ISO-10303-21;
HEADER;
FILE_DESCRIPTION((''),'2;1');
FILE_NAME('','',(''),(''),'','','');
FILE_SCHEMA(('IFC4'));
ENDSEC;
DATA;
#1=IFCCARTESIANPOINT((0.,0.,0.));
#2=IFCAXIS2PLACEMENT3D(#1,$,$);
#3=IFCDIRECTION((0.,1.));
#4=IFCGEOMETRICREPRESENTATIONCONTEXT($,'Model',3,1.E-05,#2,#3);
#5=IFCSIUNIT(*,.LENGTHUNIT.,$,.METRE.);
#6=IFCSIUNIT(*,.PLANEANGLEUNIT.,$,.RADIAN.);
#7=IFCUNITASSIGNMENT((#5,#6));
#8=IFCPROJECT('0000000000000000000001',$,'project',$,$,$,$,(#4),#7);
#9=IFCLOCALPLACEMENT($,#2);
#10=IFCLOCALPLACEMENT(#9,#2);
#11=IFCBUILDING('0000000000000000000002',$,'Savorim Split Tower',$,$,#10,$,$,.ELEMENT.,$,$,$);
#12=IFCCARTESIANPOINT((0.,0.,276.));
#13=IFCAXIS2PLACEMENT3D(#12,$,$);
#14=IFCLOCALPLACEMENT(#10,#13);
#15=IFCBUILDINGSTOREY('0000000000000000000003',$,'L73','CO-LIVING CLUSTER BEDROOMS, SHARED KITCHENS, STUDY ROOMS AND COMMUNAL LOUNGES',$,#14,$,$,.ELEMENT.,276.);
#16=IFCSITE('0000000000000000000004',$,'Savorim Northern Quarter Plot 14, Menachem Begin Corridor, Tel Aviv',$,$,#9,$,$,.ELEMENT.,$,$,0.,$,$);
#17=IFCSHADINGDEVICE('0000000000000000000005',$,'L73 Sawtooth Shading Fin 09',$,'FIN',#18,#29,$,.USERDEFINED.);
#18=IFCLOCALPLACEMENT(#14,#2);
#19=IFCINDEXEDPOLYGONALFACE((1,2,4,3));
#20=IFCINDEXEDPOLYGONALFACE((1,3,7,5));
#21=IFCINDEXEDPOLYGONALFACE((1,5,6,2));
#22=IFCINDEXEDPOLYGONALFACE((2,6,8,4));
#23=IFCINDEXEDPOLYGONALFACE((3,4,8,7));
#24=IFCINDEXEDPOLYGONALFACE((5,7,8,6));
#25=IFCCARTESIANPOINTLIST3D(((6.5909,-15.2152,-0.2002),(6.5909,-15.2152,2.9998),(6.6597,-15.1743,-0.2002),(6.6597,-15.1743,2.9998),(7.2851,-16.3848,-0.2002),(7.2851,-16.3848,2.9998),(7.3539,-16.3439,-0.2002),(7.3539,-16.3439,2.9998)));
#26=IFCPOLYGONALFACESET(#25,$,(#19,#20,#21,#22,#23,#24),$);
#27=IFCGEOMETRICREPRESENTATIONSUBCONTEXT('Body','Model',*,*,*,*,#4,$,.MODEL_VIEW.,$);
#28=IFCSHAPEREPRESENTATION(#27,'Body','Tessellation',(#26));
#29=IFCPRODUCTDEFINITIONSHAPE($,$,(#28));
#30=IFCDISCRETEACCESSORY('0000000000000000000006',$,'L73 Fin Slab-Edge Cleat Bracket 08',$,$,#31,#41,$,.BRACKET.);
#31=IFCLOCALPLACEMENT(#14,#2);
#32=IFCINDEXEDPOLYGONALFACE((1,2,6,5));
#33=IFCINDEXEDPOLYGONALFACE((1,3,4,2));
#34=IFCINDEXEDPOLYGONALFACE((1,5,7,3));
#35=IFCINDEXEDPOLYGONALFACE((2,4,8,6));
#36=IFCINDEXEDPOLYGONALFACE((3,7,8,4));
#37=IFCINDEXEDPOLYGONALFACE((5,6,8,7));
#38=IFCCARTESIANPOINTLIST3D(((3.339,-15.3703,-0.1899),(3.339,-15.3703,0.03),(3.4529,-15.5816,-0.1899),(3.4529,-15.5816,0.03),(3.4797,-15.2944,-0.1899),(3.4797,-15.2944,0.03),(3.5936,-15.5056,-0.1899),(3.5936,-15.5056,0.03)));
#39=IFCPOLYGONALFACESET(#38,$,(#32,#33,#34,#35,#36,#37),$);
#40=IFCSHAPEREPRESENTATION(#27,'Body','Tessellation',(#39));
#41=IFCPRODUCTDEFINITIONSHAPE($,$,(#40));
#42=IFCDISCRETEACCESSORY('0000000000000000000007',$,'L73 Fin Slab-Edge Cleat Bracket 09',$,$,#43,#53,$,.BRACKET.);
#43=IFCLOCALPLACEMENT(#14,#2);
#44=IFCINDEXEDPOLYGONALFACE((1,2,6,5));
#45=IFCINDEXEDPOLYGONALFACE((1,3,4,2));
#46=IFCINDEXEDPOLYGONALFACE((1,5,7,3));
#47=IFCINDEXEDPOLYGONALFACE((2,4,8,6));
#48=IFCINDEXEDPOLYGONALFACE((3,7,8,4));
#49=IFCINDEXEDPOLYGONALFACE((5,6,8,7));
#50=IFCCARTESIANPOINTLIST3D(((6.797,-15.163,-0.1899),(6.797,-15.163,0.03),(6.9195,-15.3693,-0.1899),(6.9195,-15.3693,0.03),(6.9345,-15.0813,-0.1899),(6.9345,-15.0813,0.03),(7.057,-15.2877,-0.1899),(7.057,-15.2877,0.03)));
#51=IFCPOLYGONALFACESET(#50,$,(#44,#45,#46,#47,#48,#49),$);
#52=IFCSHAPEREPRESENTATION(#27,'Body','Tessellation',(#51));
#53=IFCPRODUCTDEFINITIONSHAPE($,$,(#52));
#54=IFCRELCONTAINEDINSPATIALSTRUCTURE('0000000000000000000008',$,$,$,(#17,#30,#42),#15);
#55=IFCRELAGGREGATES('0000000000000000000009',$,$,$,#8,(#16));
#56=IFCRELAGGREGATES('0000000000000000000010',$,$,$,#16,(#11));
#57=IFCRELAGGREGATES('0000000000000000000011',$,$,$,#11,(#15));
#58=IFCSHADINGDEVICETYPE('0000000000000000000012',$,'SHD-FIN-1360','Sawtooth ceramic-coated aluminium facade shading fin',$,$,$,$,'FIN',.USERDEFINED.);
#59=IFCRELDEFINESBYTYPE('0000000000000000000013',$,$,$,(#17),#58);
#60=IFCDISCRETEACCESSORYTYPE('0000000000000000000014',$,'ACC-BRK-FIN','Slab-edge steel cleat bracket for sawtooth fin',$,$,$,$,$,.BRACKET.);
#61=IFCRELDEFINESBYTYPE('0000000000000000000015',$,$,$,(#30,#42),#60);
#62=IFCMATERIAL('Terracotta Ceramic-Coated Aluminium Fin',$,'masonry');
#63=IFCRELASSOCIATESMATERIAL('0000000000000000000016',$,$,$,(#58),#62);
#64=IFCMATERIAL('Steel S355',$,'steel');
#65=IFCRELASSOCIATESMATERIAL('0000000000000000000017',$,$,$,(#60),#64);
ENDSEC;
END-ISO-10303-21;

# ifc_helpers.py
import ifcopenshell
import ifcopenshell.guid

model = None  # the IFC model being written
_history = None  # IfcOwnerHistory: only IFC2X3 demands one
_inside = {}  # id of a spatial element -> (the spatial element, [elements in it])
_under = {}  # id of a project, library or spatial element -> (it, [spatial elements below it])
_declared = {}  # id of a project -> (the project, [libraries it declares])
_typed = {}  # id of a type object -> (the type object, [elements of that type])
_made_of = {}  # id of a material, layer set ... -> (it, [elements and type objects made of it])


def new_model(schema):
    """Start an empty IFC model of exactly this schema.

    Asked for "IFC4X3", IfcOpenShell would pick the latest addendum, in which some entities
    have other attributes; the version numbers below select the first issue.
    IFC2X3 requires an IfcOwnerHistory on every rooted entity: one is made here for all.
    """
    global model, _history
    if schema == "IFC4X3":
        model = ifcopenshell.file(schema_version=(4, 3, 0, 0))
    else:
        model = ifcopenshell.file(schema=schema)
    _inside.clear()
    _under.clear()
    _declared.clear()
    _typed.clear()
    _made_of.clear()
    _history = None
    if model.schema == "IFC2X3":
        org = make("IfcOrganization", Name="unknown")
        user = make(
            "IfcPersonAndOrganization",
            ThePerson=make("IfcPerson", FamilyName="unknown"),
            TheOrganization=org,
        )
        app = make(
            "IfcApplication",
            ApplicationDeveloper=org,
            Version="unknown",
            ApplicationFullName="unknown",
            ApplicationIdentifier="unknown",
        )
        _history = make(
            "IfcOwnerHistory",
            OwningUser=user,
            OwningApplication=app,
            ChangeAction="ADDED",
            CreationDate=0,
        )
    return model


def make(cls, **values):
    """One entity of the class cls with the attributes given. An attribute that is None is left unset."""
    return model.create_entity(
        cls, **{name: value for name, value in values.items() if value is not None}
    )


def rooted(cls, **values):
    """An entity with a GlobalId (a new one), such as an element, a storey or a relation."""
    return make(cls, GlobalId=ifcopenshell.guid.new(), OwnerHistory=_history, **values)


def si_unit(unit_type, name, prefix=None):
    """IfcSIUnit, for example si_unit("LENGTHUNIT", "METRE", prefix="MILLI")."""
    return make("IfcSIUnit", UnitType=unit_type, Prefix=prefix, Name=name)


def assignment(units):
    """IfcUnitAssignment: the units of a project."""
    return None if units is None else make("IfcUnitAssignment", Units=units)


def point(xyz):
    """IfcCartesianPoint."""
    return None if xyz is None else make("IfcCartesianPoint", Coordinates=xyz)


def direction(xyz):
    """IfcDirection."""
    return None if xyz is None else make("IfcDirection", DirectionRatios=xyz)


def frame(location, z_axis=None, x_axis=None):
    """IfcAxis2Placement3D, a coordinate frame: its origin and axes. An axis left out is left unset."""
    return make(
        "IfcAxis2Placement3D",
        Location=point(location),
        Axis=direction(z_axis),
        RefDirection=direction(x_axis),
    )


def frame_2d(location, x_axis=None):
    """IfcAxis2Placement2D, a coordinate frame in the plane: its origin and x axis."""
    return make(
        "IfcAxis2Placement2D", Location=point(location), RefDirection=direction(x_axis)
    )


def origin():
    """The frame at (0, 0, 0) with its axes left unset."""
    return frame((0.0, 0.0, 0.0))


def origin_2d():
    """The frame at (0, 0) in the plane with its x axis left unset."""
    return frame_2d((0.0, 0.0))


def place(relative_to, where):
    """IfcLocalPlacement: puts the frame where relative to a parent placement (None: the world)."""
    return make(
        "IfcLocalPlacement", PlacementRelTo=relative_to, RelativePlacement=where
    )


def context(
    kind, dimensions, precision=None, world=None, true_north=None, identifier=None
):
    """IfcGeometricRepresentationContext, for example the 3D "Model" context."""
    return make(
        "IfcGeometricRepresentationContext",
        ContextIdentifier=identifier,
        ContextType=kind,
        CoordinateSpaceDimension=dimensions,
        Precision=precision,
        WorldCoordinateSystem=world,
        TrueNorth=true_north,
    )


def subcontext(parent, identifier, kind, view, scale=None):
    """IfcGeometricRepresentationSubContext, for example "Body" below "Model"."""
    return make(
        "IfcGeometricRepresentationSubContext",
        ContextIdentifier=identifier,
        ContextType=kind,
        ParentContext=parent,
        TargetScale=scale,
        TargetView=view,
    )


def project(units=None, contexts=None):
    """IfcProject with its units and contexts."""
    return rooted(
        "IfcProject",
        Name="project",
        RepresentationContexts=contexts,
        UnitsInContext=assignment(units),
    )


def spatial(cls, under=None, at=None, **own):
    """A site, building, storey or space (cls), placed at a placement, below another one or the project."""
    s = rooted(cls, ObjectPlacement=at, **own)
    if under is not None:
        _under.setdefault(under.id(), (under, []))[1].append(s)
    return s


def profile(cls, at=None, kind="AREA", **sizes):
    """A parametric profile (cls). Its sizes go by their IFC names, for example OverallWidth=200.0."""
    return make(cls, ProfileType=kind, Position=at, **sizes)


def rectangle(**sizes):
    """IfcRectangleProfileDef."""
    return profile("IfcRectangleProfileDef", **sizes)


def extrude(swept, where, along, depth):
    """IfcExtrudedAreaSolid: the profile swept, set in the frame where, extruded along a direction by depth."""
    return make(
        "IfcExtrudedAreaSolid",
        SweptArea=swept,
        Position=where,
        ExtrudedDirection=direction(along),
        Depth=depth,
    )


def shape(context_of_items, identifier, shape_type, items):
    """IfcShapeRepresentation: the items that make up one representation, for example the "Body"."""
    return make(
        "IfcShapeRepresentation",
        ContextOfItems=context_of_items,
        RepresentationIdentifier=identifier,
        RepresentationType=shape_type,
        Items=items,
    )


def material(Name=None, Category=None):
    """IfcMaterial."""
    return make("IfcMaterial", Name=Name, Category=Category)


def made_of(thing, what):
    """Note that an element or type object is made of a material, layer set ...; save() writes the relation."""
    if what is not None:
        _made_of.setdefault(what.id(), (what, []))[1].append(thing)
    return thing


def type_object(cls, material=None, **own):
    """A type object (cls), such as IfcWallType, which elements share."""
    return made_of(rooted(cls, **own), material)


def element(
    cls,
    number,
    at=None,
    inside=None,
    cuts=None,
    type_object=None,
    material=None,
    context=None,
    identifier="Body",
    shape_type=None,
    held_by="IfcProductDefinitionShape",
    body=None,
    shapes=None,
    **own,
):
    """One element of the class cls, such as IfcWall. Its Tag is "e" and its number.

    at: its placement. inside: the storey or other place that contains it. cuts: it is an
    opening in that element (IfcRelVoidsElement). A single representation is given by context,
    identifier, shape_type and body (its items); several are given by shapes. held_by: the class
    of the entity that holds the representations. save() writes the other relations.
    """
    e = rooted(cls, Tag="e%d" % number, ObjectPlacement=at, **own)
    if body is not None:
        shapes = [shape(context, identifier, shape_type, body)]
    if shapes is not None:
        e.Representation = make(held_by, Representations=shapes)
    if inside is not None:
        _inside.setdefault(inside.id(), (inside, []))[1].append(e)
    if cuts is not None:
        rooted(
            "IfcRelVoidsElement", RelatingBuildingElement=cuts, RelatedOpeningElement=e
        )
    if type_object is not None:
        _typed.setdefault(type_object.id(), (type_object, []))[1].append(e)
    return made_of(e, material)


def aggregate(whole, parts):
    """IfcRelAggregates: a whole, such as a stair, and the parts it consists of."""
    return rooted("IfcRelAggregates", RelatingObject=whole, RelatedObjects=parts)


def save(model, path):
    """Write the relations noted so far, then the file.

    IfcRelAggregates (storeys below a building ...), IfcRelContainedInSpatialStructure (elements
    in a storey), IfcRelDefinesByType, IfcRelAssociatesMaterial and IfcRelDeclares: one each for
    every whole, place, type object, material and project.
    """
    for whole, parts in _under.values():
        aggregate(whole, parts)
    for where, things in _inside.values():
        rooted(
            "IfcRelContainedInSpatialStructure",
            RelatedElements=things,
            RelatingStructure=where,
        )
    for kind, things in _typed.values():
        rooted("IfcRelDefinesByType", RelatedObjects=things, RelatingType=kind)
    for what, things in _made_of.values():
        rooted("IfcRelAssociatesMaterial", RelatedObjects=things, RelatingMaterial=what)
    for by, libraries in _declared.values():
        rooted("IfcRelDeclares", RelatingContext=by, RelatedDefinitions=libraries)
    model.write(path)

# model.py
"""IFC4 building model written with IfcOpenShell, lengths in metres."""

from ifc_helpers import new_model, si_unit, direction, frame, origin, origin_2d, place, context, subcontext, project, spatial, rectangle, extrude, material, type_object, element, save


model = new_model("IFC4")

# Units and contexts
model_context = context("Model", 3, precision=1e-05, world=origin(), true_north=direction((0.0, 1.0)))
body_context = subcontext(model_context, "Body", "Model", "MODEL_VIEW")
ifc_project = project(units=[si_unit("LENGTHUNIT", "METRE"), si_unit("PLANEANGLEUNIT", "RADIAN")], contexts=[model_context])

# Site, building, storey
site_placement = place(None, origin())
site = spatial("IfcSite", under=ifc_project, at=site_placement, Name="Savorim Northern Quarter Plot 14, Menachem Begin Corridor, Tel Aviv", CompositionType="ELEMENT", RefElevation=0.0)
building_placement = place(site_placement, origin())
building = spatial("IfcBuilding", under=site, at=building_placement, Name="Savorim Split Tower", CompositionType="ELEMENT")
storey_placement = place(building_placement, frame((0.0, 0.0, 276.0)))
storey = spatial("IfcBuildingStorey", under=building, at=storey_placement, Name="L73", Description="CO-LIVING CLUSTER BEDROOMS, SHARED KITCHENS, STUDY ROOMS AND COMMUNAL LOUNGES", CompositionType="ELEMENT", Elevation=276.0)

# Shared definitions
ifc_material_1 = material(Name="Steel S355", Category="steel")

# Shading device
ifc_material_2 = material(Name="Terracotta Ceramic-Coated Aluminium Fin", Category="masonry")
shading_device_type = type_object("IfcShadingDeviceType", Name="SHD-FIN-1360", Description="Sawtooth ceramic-coated aluminium facade shading fin", ElementType="FIN", PredefinedType="USERDEFINED", material=ifc_material_2)
for number, where, z_axis, x_axis, name in (
    (1, (6.9724, -15.7795, -0.2002), (0.0, 0.0, 1.0), (0.510391, -0.859942, 0.0), "L73 Sawtooth Shading Fin 09"),
):
    element("IfcShadingDevice", number, at=place(storey_placement, frame(where, z_axis=z_axis, x_axis=x_axis)), inside=storey, type_object=shading_device_type, Name=name, ObjectType="FIN", PredefinedType="USERDEFINED", context=body_context, shape_type="SweptSolid", body=[
        extrude(rectangle(XDim=1.3601, YDim=0.0801, at=origin_2d()), origin(), (0.0, 0.0, 1.0), 3.2),
    ])

# Discrete accessories
discrete_accessory_type = type_object("IfcDiscreteAccessoryType", Name="ACC-BRK-FIN", Description="Slab-edge steel cleat bracket for sawtooth fin", PredefinedType="BRACKET", material=ifc_material_1)
for number, where, z_axis, x_axis, name in (
    (2, (3.4663, -15.438, -0.1899), (0.0, 0.0, 1.0), (0.474778, -0.880106, 0.0), "L73 Fin Slab-Edge Cleat Bracket 08"),
    (3, (6.927, -15.2253, -0.1899), (0.0, 0.0, 1.0), (0.510391, -0.859942, 0.0), "L73 Fin Slab-Edge Cleat Bracket 09"),
):
    element("IfcDiscreteAccessory", number, at=place(storey_placement, frame(where, z_axis=z_axis, x_axis=x_axis)), inside=storey, type_object=discrete_accessory_type, Name=name, PredefinedType="BRACKET", context=body_context, shape_type="SweptSolid", body=[
        extrude(rectangle(XDim=0.24, YDim=0.1599, at=origin_2d()), origin(), (0.0, 0.0, 1.0), 0.22),
    ])

save(model, "model.ifc")
